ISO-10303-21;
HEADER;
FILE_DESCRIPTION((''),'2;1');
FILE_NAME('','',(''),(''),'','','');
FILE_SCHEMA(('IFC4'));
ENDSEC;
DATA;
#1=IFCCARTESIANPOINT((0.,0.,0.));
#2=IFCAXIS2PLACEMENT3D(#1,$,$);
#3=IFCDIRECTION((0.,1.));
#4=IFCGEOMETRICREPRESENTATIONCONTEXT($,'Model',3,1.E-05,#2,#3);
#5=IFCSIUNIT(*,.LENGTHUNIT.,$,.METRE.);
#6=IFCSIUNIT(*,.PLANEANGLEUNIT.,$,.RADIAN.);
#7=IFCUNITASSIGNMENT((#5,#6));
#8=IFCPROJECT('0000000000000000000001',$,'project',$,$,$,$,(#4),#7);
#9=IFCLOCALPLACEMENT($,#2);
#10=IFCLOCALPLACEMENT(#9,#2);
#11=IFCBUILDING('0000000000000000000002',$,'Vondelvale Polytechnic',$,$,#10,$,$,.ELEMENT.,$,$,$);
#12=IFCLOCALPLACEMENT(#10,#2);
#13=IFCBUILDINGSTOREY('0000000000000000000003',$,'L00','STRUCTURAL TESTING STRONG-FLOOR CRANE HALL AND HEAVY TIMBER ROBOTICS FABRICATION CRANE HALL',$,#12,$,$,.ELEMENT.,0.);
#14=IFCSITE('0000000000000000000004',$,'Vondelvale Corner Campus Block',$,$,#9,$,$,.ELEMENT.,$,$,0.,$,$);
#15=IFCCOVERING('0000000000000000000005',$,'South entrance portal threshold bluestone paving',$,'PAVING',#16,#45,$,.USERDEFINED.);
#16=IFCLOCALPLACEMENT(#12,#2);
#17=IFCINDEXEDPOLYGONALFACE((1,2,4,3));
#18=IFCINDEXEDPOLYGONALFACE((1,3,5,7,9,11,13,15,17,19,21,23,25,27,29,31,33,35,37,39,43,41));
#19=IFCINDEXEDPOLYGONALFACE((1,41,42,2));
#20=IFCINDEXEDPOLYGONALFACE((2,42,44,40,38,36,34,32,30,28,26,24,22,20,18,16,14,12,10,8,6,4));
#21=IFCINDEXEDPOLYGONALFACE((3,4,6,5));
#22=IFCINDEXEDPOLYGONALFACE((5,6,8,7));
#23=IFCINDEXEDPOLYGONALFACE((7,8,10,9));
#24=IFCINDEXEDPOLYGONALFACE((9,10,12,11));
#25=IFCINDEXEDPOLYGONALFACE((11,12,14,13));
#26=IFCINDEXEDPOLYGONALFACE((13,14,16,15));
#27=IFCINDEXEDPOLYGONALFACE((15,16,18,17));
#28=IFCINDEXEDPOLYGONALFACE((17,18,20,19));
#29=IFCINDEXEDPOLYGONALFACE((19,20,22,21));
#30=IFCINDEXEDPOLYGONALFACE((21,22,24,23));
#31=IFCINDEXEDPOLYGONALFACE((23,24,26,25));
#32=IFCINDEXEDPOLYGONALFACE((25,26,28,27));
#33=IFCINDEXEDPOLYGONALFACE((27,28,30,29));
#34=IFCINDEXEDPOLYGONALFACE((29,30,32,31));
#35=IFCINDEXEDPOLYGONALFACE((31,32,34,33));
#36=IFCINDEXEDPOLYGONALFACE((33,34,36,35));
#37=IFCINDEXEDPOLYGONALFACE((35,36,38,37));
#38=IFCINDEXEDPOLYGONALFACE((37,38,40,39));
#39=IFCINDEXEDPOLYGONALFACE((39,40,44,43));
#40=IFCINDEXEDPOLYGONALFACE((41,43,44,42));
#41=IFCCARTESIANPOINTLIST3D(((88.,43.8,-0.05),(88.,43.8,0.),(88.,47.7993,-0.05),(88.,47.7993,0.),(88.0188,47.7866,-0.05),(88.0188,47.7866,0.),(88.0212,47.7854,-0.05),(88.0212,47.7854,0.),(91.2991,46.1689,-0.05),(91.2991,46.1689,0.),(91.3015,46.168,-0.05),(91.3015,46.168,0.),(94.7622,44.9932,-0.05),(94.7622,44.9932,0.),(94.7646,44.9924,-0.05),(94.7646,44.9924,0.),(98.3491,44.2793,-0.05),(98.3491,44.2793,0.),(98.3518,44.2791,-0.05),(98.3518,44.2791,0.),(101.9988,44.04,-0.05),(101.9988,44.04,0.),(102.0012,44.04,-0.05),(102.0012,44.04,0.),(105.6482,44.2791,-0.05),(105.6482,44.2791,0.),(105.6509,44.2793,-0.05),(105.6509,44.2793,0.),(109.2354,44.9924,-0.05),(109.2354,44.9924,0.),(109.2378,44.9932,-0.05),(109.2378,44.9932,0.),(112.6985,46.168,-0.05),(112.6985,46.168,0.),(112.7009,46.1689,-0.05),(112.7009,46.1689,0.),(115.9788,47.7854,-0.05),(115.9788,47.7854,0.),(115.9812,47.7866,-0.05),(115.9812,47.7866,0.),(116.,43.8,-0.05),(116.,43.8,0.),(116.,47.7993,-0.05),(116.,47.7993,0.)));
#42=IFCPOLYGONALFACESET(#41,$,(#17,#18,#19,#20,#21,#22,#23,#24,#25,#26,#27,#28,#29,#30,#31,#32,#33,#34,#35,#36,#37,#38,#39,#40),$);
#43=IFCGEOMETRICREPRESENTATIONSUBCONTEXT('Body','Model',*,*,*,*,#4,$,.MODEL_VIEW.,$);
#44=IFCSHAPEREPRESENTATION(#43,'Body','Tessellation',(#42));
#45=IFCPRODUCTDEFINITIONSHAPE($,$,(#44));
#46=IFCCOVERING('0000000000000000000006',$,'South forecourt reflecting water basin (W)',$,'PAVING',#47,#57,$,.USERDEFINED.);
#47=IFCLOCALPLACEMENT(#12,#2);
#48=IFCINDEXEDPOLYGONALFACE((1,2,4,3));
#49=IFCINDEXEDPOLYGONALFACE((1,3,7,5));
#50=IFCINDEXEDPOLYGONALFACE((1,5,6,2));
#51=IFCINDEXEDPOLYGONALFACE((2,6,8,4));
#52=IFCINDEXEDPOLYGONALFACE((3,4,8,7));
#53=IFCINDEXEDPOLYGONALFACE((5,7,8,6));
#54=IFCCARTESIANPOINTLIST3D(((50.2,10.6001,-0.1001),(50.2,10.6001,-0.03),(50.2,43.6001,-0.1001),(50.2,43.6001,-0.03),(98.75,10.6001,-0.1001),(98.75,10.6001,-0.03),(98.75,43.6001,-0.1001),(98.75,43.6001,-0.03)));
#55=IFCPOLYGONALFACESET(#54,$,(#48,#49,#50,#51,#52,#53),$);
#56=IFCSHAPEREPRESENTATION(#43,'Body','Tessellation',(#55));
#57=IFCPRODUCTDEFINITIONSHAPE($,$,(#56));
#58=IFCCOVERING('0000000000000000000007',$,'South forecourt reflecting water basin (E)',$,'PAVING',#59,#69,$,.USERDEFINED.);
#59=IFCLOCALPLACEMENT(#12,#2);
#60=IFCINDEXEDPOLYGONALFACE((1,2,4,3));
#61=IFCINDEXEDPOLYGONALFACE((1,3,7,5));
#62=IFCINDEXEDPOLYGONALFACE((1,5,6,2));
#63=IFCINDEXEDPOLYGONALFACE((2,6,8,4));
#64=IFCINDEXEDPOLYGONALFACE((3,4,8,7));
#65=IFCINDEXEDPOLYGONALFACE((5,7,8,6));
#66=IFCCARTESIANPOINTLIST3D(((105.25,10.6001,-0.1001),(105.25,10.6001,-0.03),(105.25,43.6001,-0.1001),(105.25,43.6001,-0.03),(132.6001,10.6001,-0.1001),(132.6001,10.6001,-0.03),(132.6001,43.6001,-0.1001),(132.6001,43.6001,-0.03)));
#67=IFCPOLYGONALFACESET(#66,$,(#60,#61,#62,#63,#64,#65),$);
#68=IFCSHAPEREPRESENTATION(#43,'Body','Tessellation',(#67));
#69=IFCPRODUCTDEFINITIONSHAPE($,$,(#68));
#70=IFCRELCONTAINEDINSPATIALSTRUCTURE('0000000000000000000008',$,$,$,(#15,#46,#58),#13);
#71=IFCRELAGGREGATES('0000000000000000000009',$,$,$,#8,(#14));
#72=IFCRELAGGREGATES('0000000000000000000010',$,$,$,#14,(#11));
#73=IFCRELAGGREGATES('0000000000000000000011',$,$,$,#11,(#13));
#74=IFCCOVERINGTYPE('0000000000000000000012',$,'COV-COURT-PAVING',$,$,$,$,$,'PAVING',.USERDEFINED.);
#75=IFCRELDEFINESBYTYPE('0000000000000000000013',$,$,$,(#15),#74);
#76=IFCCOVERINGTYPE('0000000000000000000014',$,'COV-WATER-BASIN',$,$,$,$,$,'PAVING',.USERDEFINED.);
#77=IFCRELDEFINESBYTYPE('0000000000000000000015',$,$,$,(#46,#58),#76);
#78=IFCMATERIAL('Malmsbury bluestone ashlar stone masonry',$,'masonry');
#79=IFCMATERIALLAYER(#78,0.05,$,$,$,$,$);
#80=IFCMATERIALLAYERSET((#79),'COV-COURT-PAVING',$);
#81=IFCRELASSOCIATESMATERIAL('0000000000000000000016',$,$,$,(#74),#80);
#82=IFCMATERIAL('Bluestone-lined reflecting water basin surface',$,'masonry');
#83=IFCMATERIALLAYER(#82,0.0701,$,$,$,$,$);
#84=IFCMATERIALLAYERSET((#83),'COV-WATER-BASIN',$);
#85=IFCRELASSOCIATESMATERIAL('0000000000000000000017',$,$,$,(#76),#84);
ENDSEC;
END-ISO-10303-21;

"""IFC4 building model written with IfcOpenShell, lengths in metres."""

from ifc_helpers import new_model, si_unit, direction, frame, origin, place, context, subcontext, project, spatial, polyline, outline, extrude, material, layer, layer_set, type_object, element, save


model = new_model("IFC4")

# Units and contexts
model_context = context("Model", 3, precision=1e-05, world=origin(), true_north=direction((0.0, 1.0)))
body_context = subcontext(model_context, "Body", "Model", "MODEL_VIEW")
ifc_project = project(units=[si_unit("LENGTHUNIT", "METRE"), si_unit("PLANEANGLEUNIT", "RADIAN")], contexts=[model_context])

# Site, building, storey
site_placement = place(None, origin())
site = spatial("IfcSite", under=ifc_project, at=site_placement, Name="Vondelvale Corner Campus Block", CompositionType="ELEMENT", RefElevation=0.0)
building_placement = place(site_placement, origin())
building = spatial("IfcBuilding", under=site, at=building_placement, Name="Vondelvale Polytechnic", CompositionType="ELEMENT")
storey_placement = place(building_placement, origin())
storey = spatial("IfcBuildingStorey", under=building, at=storey_placement, Name="L00", Description="STRUCTURAL TESTING STRONG-FLOOR CRANE HALL AND HEAVY TIMBER ROBOTICS FABRICATION CRANE HALL", CompositionType="ELEMENT", Elevation=0.0)

# Coverings
ifc_material_1 = material(Name="Malmsbury bluestone ashlar stone masonry", Category="masonry")
ifc_layer_1 = layer(ifc_material_1, 0.05)
ifc_layer_set_1 = layer_set([ifc_layer_1], Name="COV-COURT-PAVING")
covering_type_1 = type_object("IfcCoveringType", Name="COV-COURT-PAVING", ElementType="PAVING", PredefinedType="USERDEFINED", material=ifc_layer_set_1)
covering_1_placement = place(storey_placement, frame((0.0, 0.0, -0.05)))
element("IfcCovering", 1, at=covering_1_placement, inside=storey, type_object=covering_type_1, Name="South entrance portal threshold bluestone paving", ObjectType="PAVING", PredefinedType="USERDEFINED", context=body_context, shape_type="SweptSolid", body=[
    extrude(outline(polyline([(116.0, 43.8), (88.0, 43.8), (88.0, 47.7993), (88.0188, 47.7866), (88.0212, 47.7854), (91.2991, 46.1689), (91.3015, 46.168), (94.7622, 44.9932), (94.7646, 44.9924), (98.3491, 44.2793), (98.3518, 44.2791), (101.9988, 44.04), (102.0012, 44.04), (105.6482, 44.2791), (105.6509, 44.2793), (109.2354, 44.9924), (109.2378, 44.9932), (112.6985, 46.168), (112.7009, 46.1689), (115.9788, 47.7854), (115.9812, 47.7866), (116.0, 47.7993), (116.0, 43.8)])), origin(), (0.0, 0.0, 1.0), 0.05),
])
ifc_material_2 = material(Name="Bluestone-lined reflecting water basin surface", Category="masonry")
ifc_layer_2 = layer(ifc_material_2, 0.0701)
ifc_layer_set_2 = layer_set([ifc_layer_2], Name="COV-WATER-BASIN")
covering_type_2 = type_object("IfcCoveringType", Name="COV-WATER-BASIN", ElementType="PAVING", PredefinedType="USERDEFINED", material=ifc_layer_set_2)
covering_2_placement = place(storey_placement, frame((0.0, 0.0, -0.1001)))
element("IfcCovering", 2, at=covering_2_placement, inside=storey, type_object=covering_type_2, Name="South forecourt reflecting water basin (W)", ObjectType="PAVING", PredefinedType="USERDEFINED", context=body_context, shape_type="SweptSolid", body=[
    extrude(outline(polyline([(50.2, 10.6001), (98.75, 10.6001), (98.75, 43.6001), (50.2, 43.6001), (50.2, 10.6001)])), origin(), (0.0, 0.0, 1.0), 0.0701),
])
covering_3_placement = place(storey_placement, frame((0.0, 0.0, -0.1001)))
element("IfcCovering", 3, at=covering_3_placement, inside=storey, type_object=covering_type_2, Name="South forecourt reflecting water basin (E)", ObjectType="PAVING", PredefinedType="USERDEFINED", context=body_context, shape_type="SweptSolid", body=[
    extrude(outline(polyline([(105.25, 10.6001), (132.6001, 10.6001), (132.6001, 43.6001), (105.25, 43.6001), (105.25, 10.6001)])), origin(), (0.0, 0.0, 1.0), 0.0701),
])

save(model, "model.ifc")
